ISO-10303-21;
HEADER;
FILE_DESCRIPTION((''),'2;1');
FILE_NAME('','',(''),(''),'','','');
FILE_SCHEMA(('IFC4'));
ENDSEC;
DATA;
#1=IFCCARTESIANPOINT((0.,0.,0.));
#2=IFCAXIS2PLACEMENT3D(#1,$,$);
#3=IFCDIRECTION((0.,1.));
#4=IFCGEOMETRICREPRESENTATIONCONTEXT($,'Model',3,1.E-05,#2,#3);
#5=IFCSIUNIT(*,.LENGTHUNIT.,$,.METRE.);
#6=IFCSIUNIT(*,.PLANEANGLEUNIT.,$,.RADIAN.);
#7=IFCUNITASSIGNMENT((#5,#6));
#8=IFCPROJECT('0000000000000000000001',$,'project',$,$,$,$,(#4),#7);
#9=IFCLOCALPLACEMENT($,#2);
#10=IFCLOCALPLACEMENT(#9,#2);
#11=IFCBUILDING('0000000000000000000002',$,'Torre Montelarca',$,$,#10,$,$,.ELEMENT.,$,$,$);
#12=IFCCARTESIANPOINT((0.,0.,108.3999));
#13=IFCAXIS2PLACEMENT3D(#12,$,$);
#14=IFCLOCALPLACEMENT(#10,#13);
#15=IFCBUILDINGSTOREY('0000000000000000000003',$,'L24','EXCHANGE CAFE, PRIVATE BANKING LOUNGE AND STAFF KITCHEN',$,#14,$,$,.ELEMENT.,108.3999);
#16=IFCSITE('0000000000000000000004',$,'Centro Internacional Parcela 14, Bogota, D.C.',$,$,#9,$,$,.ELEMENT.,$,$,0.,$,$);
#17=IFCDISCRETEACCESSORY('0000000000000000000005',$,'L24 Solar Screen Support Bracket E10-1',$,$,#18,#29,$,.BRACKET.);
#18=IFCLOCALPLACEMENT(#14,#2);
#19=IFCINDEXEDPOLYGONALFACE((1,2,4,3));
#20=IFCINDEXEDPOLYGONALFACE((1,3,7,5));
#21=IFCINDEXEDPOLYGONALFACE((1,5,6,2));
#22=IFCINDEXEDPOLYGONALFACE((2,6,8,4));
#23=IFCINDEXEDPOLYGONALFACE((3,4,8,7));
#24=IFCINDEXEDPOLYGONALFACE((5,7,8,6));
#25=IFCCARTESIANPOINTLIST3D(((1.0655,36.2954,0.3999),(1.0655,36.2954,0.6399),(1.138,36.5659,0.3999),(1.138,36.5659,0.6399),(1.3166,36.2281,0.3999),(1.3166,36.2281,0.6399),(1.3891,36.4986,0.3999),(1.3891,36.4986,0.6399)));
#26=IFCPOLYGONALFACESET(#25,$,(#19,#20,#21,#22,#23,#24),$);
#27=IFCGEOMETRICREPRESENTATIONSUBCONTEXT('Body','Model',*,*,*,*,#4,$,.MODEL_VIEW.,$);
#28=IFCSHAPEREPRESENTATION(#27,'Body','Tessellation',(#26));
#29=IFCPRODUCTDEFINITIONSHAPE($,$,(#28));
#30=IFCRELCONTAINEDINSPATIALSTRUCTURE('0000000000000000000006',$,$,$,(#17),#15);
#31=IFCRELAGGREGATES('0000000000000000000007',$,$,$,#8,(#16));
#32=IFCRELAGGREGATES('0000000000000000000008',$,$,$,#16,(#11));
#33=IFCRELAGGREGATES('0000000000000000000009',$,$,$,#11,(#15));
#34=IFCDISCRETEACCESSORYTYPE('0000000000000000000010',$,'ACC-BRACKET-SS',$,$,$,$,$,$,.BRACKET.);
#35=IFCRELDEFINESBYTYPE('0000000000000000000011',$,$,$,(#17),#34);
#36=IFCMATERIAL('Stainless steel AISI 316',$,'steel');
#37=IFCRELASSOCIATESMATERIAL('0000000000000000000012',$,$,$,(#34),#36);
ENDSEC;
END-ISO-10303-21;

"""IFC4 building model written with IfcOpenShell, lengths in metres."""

from ifc_helpers import new_model, si_unit, direction, frame, origin, origin_2d, place, context, subcontext, project, spatial, rectangle, extrude, source, transform, mapped, material, type_object, element, save


model = new_model("IFC4")

# Units and contexts
model_context = context("Model", 3, precision=1e-05, world=origin(), true_north=direction((0.0, 1.0)))
body_context = subcontext(model_context, "Body", "Model", "MODEL_VIEW")
ifc_project = project(units=[si_unit("LENGTHUNIT", "METRE"), si_unit("PLANEANGLEUNIT", "RADIAN")], contexts=[model_context])

# Site, building, storey
site_placement = place(None, origin())
site = spatial("IfcSite", under=ifc_project, at=site_placement, Name="Centro Internacional Parcela 14, Bogota, D.C.", CompositionType="ELEMENT", RefElevation=0.0)
building_placement = place(site_placement, origin())
building = spatial("IfcBuilding", under=site, at=building_placement, Name="Torre Montelarca", CompositionType="ELEMENT")
storey_placement = place(building_placement, frame((0.0, 0.0, 108.3999)))
storey = spatial("IfcBuildingStorey", under=building, at=storey_placement, Name="L24", Description="EXCHANGE CAFE, PRIVATE BANKING LOUNGE AND STAFF KITCHEN", CompositionType="ELEMENT", Elevation=108.3999)

# Discrete accessory
ifc_material_1 = material(Name="Stainless steel AISI 316", Category="steel")
discrete_accessory_type = type_object("IfcDiscreteAccessoryType", Name="ACC-BRACKET-SS", PredefinedType="BRACKET", material=ifc_material_1)
shared_shape_1 = source(origin(), body_context, "Body", "SweptSolid", [
    extrude(rectangle(XDim=0.28, YDim=0.26, at=origin_2d()), origin(), (0.0, 0.0, 1.0), 0.24),
])
discrete_accessory_placement = place(storey_placement, frame((1.2273, 36.397, 0.3999), z_axis=(0.0, 0.0, 1.0), x_axis=(-0.258819, -0.965926, 0.0)))
element("IfcDiscreteAccessory", 1, at=discrete_accessory_placement, inside=storey, type_object=discrete_accessory_type, Name="L24 Solar Screen Support Bracket E10-1", PredefinedType="BRACKET", context=body_context, shape_type="MappedRepresentation", body=[
    mapped(shared_shape_1, transform((0.0, 0.0, 0.0), scale=1.0)),
])

save(model, "model.ifc")
